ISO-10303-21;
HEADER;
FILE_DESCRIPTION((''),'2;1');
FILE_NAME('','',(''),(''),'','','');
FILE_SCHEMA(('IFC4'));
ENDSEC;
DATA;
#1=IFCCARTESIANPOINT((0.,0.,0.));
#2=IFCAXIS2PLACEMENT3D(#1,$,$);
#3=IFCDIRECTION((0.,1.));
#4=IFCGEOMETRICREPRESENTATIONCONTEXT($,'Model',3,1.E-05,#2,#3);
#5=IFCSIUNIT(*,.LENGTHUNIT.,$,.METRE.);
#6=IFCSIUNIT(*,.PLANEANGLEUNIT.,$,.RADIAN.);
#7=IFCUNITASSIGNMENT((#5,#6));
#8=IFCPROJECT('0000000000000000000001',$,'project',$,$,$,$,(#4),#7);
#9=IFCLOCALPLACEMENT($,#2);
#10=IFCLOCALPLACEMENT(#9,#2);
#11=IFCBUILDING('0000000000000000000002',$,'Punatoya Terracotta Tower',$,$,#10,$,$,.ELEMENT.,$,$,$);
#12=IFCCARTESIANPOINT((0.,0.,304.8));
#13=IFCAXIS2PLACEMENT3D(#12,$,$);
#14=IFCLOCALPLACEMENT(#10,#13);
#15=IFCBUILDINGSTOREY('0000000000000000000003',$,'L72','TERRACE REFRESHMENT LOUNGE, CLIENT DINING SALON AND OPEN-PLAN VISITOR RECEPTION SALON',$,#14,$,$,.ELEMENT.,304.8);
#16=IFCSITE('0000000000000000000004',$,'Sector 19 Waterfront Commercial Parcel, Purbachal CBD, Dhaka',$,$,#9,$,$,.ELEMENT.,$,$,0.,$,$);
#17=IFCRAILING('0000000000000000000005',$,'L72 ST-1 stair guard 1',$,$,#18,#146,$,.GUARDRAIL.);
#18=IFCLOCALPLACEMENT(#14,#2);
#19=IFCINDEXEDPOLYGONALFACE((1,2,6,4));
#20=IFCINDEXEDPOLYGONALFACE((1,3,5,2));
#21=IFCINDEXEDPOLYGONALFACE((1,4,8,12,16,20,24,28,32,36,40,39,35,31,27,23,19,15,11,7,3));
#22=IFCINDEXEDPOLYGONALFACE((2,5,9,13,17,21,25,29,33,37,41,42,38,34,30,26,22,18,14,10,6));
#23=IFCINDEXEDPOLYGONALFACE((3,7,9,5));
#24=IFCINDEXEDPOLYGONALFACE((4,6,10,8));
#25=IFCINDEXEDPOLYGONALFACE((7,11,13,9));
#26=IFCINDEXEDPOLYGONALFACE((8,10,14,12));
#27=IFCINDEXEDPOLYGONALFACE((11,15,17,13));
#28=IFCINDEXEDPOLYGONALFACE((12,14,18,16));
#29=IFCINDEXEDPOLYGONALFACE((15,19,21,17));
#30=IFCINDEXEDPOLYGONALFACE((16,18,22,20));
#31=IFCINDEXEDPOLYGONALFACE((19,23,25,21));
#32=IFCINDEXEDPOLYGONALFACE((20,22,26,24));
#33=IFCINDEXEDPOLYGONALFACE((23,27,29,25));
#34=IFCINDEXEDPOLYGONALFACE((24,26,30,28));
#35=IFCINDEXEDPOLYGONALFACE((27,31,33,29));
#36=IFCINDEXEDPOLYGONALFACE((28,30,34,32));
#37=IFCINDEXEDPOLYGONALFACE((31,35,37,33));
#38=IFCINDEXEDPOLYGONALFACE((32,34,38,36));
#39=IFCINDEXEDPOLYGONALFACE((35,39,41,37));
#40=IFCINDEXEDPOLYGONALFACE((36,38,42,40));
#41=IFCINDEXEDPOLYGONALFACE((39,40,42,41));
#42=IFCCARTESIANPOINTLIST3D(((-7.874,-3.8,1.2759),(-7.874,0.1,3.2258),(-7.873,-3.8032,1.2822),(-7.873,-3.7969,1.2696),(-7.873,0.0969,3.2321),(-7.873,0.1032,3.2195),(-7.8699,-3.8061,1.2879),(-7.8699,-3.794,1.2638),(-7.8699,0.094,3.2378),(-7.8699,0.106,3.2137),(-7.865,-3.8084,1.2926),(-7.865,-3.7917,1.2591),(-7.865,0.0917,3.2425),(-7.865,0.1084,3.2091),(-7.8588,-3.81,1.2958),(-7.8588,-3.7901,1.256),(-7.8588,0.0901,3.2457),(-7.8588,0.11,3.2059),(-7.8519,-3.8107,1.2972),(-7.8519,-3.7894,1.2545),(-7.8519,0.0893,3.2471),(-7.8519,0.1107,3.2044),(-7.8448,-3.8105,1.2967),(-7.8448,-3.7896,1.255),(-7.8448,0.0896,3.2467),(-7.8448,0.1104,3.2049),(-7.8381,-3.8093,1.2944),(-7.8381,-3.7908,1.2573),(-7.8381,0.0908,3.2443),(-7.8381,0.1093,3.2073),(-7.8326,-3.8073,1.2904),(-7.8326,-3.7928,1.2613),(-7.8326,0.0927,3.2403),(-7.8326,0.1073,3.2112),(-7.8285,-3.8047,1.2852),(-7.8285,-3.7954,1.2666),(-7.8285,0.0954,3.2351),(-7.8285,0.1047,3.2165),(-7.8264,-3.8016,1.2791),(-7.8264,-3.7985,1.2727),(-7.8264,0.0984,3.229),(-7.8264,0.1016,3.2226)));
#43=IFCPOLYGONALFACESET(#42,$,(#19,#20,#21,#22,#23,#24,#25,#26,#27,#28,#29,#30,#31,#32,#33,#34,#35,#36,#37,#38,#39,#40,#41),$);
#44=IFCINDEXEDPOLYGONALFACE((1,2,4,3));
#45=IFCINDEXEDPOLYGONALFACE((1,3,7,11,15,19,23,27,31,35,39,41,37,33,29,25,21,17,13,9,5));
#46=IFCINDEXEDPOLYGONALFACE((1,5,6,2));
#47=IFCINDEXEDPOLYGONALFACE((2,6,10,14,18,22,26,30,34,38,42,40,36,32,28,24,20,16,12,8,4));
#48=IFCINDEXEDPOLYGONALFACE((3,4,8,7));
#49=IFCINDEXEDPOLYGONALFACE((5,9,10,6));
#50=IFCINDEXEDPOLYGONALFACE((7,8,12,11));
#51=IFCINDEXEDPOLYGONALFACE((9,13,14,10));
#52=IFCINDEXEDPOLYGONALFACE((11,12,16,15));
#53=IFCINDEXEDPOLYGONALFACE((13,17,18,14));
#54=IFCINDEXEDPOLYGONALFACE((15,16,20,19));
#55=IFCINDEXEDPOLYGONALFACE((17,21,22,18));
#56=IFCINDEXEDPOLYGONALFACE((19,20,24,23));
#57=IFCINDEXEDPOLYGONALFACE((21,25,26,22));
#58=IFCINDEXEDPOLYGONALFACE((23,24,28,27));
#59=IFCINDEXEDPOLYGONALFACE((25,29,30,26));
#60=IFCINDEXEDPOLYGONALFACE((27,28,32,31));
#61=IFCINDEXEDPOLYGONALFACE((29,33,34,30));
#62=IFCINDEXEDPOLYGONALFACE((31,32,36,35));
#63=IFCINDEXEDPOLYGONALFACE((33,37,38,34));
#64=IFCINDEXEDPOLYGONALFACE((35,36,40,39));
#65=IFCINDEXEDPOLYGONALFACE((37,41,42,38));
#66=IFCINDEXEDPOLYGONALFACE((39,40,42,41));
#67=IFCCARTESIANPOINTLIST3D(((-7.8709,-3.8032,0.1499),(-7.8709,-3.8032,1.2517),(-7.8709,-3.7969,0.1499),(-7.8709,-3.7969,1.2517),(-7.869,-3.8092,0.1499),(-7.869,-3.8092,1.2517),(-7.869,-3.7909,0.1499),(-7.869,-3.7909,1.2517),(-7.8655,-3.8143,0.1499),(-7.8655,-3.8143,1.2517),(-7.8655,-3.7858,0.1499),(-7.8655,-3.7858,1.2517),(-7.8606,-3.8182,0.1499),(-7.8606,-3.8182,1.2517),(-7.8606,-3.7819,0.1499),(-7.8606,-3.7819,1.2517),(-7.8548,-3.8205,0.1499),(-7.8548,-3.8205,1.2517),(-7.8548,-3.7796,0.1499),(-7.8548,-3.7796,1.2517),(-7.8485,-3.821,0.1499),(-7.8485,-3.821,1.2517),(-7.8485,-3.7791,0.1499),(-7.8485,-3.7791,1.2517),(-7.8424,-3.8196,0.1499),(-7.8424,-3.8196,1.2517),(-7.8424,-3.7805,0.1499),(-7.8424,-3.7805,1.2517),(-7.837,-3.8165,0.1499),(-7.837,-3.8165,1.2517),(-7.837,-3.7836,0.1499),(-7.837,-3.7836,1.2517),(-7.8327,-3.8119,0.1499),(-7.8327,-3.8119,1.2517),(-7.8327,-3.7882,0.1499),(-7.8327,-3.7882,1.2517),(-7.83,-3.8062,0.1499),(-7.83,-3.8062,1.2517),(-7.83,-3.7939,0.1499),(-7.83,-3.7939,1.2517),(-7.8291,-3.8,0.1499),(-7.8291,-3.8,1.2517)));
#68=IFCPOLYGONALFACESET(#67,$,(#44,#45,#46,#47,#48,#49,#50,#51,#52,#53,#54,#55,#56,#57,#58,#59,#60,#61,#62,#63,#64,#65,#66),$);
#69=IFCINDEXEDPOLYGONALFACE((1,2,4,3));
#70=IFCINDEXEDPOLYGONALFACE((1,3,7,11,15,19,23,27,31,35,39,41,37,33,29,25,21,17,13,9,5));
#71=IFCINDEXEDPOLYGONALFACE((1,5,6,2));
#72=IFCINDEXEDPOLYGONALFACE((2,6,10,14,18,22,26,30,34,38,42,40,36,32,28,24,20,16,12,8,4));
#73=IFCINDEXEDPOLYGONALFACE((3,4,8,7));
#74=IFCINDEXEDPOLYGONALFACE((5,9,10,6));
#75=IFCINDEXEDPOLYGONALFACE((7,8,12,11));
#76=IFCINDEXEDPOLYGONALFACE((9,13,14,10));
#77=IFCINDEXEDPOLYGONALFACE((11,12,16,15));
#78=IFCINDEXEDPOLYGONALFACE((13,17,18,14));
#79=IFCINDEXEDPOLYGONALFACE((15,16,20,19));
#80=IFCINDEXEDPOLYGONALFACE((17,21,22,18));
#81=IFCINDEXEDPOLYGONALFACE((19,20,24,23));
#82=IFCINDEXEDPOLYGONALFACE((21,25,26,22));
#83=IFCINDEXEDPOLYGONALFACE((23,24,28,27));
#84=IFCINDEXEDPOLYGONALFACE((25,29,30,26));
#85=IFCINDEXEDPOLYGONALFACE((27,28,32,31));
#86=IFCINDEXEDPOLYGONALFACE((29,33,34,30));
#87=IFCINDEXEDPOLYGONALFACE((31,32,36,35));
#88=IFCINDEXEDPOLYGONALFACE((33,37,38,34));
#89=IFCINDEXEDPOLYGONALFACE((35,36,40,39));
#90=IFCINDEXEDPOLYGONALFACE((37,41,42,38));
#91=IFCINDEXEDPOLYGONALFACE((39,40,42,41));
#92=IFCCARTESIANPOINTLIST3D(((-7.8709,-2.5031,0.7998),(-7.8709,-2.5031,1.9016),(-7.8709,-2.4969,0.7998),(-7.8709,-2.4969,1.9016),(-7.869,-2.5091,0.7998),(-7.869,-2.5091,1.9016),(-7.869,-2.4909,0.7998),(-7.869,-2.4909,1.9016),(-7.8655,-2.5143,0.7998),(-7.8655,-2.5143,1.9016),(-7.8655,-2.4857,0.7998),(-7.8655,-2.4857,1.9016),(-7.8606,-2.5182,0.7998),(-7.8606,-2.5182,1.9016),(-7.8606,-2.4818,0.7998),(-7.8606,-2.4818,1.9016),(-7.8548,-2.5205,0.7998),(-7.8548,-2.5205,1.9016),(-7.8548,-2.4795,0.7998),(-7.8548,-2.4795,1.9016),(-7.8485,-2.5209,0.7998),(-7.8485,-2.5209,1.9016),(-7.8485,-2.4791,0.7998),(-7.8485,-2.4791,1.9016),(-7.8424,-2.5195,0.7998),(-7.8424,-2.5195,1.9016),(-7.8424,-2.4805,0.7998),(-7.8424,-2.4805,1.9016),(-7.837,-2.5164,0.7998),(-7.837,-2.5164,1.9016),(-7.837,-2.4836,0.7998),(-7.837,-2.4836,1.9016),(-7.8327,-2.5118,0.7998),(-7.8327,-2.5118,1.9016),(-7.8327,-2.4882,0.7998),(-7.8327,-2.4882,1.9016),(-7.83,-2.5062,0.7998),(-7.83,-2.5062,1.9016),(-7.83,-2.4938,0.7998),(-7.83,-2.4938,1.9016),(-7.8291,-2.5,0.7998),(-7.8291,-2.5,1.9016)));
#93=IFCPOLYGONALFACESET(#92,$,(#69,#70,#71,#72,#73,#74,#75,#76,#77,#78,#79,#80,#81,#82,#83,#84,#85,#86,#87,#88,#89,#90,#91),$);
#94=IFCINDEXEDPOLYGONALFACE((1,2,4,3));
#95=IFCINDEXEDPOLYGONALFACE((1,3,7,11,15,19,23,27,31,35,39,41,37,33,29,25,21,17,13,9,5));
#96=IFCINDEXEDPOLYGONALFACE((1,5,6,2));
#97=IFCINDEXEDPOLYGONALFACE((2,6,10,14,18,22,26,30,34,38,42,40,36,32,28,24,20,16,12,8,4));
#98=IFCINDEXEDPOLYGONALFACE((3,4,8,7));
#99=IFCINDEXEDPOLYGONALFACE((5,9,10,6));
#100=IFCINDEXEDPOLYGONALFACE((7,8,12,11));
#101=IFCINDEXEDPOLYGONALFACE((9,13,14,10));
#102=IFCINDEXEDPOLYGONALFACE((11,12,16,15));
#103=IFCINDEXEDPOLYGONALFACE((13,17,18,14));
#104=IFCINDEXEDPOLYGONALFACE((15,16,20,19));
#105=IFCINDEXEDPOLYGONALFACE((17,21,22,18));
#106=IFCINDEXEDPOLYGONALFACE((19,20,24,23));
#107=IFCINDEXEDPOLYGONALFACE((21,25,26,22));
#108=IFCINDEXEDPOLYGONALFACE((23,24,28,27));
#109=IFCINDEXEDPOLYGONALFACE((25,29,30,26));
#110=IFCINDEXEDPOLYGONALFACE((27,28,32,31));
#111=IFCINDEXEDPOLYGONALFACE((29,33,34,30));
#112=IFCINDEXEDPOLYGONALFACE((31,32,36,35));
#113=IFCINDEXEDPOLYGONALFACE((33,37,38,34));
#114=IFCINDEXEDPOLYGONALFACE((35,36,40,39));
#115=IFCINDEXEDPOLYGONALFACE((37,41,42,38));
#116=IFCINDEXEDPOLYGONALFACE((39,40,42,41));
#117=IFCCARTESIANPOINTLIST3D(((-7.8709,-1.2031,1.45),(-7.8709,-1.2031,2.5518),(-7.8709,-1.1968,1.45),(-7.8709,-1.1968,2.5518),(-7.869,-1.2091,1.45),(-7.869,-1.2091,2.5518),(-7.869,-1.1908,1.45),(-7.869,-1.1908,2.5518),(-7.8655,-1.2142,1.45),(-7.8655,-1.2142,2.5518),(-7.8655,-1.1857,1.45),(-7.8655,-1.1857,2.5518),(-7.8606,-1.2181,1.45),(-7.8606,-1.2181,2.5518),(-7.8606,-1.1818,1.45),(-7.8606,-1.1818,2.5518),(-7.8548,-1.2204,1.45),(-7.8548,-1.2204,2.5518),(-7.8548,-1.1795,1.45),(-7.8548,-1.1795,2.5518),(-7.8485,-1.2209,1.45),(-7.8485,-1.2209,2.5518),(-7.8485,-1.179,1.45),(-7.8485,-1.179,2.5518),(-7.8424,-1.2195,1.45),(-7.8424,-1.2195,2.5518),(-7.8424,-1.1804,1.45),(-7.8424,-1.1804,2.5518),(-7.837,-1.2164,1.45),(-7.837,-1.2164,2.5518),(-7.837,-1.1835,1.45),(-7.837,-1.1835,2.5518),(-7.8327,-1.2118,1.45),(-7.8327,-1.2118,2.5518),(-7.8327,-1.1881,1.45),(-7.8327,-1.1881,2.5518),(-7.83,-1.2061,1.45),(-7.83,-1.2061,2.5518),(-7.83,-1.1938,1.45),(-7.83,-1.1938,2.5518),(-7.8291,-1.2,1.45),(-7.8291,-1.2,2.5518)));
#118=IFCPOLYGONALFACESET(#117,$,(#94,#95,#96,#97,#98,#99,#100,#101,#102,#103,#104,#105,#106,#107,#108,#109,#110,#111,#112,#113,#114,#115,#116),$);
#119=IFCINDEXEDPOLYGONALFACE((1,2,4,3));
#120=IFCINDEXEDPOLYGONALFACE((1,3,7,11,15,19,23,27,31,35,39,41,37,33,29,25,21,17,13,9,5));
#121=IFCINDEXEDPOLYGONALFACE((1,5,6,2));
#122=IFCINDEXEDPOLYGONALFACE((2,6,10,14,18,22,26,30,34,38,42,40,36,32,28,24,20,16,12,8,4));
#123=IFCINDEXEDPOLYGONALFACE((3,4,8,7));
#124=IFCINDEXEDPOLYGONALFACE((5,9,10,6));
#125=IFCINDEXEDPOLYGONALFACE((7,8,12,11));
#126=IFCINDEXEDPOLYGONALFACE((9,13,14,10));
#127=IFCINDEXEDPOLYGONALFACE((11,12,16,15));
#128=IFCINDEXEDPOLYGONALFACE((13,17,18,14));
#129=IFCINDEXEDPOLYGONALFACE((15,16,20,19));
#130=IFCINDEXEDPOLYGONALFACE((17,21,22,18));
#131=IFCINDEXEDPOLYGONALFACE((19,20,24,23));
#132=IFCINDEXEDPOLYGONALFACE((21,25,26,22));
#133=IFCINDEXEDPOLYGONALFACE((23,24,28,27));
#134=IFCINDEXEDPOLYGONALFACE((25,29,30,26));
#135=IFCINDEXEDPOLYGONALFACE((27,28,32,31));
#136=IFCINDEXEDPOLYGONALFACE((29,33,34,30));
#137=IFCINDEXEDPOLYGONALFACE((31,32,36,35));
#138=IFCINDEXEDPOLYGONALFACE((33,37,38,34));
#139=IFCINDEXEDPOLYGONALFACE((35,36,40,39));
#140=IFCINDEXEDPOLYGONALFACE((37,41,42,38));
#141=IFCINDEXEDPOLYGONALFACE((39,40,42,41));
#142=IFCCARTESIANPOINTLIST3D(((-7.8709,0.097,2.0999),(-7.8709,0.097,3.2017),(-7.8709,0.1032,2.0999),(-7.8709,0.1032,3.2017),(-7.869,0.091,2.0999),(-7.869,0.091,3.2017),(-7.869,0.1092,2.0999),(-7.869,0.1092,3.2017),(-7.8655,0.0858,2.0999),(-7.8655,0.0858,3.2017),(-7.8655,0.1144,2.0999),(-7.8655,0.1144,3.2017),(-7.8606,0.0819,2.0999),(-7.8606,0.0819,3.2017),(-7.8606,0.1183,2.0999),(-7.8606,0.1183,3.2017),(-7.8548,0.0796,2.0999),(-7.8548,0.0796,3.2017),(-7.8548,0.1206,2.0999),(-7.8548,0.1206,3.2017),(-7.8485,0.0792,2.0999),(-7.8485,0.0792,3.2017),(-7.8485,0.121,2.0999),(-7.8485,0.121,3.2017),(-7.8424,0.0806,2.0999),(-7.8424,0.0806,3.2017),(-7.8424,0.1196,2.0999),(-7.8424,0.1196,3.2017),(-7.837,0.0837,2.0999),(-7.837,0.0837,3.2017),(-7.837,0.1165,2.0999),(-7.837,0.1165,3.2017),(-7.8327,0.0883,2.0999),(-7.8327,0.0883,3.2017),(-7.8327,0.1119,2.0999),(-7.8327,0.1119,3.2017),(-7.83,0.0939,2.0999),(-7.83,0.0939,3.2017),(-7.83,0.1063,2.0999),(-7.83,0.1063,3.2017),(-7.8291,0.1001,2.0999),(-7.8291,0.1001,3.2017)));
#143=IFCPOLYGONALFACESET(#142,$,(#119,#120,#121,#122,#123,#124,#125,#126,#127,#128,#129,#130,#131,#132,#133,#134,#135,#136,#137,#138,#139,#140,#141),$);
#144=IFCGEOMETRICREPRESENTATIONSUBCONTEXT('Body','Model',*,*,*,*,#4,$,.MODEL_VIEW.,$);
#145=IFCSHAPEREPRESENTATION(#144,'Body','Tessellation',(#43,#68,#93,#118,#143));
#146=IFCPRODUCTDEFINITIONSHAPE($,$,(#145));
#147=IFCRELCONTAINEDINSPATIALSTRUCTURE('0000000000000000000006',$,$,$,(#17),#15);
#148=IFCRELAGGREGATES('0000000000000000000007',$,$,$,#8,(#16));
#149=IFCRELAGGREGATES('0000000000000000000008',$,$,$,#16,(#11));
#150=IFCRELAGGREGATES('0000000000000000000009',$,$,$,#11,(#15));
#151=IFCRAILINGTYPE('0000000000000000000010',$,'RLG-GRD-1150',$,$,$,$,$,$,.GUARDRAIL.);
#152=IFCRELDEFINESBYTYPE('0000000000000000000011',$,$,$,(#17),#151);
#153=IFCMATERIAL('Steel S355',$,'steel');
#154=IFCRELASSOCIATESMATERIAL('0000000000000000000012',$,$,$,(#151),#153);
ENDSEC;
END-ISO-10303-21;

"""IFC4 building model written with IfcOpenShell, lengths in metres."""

from ifc_helpers import new_model, si_unit, direction, frame, origin, origin_2d, place, context, subcontext, project, spatial, circle, extrude, material, type_object, element, save


model = new_model("IFC4")

# Units and contexts
model_context = context("Model", 3, precision=1e-05, world=origin(), true_north=direction((0.0, 1.0)))
body_context = subcontext(model_context, "Body", "Model", "MODEL_VIEW")
ifc_project = project(units=[si_unit("LENGTHUNIT", "METRE"), si_unit("PLANEANGLEUNIT", "RADIAN")], contexts=[model_context])

# Site, building, storey
site_placement = place(None, origin())
site = spatial("IfcSite", under=ifc_project, at=site_placement, Name="Sector 19 Waterfront Commercial Parcel, Purbachal CBD, Dhaka", CompositionType="ELEMENT", RefElevation=0.0)
building_placement = place(site_placement, origin())
building = spatial("IfcBuilding", under=site, at=building_placement, Name="Punatoya Terracotta Tower", CompositionType="ELEMENT")
storey_placement = place(building_placement, frame((0.0, 0.0, 304.8)))
storey = spatial("IfcBuildingStorey", under=building, at=storey_placement, Name="L72", Description="TERRACE REFRESHMENT LOUNGE, CLIENT DINING SALON AND OPEN-PLAN VISITOR RECEPTION SALON", CompositionType="ELEMENT", Elevation=304.8)

# Shared definitions
ifc_material_1 = material(Name="Steel S355", Category="steel")

# Railing
railing_type_1 = type_object("IfcRailingType", Name="RLG-GRD-1150", PredefinedType="GUARDRAIL", material=ifc_material_1)
railing_1_placement = place(storey_placement, frame((-7.8501, -3.8, 0.1499)))
element("IfcRailing", 1, at=railing_1_placement, inside=storey, type_object=railing_type_1, Name="L72 ST-1 stair guard 1", PredefinedType="GUARDRAIL", context=body_context, shape_type="SweptSolid", body=[
    extrude(circle(Radius=0.0239, at=origin_2d()), frame((0.0, 0.0, 1.126), z_axis=(0.0, 0.894438, 0.447191), x_axis=(-1.0, 0.0, 0.0)), (0.0, 0.0, 1.0), 4.3604),
    extrude(circle(Radius=0.021, at=origin_2d()), origin(), (0.0, 0.0, 1.0), 1.1018),
    extrude(circle(Radius=0.021, at=origin_2d()), frame((0.0, 1.3, 0.6499)), (0.0, 0.0, 1.0), 1.1018),
    extrude(circle(Radius=0.021, at=origin_2d()), frame((0.0, 2.6001, 1.3)), (0.0, 0.0, 1.0), 1.1018),
    extrude(circle(Radius=0.021, at=origin_2d()), frame((0.0, 3.9001, 1.95)), (0.0, 0.0, 1.0), 1.1018),
])

save(model, "model.ifc")
